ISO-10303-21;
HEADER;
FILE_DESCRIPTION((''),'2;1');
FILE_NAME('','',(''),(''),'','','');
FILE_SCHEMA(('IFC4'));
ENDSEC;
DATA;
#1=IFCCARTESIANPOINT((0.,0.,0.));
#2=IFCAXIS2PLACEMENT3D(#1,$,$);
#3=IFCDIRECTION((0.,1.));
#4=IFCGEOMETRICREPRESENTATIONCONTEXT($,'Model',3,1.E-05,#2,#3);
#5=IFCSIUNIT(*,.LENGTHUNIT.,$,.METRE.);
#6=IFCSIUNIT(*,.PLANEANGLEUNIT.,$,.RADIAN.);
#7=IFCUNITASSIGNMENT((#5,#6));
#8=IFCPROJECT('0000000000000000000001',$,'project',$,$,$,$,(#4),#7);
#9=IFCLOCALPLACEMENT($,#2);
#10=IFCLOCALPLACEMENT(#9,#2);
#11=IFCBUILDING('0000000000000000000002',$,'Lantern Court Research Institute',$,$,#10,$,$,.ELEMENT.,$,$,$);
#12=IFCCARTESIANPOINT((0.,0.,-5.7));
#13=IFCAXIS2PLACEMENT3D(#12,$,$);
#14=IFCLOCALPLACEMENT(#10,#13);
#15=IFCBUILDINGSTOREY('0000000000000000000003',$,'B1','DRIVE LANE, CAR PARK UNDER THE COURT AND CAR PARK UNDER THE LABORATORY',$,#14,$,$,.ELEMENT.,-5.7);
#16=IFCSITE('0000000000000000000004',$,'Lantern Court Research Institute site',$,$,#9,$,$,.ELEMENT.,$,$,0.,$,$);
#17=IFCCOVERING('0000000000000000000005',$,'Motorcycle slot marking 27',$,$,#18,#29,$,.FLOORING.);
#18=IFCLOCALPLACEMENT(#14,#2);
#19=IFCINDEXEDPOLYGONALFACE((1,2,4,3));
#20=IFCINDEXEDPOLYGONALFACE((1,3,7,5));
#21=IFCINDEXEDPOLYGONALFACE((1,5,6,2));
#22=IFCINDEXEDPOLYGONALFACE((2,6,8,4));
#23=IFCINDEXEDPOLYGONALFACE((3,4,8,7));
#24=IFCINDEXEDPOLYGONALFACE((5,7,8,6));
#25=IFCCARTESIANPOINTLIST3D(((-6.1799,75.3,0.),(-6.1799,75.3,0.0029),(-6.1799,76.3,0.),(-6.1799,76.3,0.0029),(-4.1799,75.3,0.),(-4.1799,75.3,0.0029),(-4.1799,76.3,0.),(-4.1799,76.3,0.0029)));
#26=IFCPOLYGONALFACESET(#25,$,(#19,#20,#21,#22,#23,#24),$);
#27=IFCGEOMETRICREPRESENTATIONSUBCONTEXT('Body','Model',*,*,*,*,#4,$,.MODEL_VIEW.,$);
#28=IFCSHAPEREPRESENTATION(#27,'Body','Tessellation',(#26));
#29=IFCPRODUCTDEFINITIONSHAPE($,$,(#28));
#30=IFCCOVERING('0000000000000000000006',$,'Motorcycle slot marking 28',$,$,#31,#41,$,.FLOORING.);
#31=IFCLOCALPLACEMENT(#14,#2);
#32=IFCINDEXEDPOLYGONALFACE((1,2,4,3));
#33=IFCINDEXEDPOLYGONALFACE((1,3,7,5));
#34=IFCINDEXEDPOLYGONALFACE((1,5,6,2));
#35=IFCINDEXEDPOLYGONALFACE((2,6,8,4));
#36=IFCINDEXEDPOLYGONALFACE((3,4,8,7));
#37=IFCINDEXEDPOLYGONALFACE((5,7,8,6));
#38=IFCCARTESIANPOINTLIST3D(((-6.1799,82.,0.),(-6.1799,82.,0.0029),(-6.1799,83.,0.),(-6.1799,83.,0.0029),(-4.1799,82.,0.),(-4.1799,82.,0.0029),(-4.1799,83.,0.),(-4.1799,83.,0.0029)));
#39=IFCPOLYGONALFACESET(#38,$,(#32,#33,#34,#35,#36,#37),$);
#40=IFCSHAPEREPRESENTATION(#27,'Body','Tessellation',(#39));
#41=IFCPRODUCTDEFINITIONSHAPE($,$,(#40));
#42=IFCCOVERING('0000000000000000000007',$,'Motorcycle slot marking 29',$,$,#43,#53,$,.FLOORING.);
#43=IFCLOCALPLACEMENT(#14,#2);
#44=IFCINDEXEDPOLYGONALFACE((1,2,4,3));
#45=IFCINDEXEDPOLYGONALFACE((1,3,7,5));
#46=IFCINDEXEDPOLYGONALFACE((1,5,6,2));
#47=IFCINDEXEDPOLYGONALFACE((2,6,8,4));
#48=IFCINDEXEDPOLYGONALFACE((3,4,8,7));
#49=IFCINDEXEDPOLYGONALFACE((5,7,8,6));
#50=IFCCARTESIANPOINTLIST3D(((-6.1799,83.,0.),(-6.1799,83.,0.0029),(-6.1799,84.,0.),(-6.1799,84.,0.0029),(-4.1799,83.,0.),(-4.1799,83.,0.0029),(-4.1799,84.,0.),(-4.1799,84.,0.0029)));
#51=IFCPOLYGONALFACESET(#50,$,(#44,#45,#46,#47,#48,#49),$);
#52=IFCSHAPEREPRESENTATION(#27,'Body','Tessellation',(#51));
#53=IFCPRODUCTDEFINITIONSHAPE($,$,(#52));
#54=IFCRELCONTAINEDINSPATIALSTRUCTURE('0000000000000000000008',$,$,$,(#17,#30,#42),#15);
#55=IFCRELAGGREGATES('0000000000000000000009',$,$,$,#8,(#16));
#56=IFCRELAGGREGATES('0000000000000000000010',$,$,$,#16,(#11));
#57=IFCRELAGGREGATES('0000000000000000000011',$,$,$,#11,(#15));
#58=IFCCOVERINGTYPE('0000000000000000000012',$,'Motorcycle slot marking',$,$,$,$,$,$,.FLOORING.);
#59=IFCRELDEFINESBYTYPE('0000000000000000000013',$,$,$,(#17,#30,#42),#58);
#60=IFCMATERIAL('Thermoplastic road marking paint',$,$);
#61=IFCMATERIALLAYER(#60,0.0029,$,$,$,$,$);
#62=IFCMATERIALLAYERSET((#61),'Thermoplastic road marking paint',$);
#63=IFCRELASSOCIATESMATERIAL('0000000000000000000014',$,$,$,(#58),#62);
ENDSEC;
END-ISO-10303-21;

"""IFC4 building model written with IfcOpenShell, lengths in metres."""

from ifc_helpers import new_model, si_unit, direction, frame, origin, place, context, subcontext, project, spatial, polyline, outline, extrude, material, layer, layer_set, type_object, element, save


model = new_model("IFC4")

# Units and contexts
model_context = context("Model", 3, precision=1e-05, world=origin(), true_north=direction((0.0, 1.0)))
body_context = subcontext(model_context, "Body", "Model", "MODEL_VIEW")
ifc_project = project(units=[si_unit("LENGTHUNIT", "METRE"), si_unit("PLANEANGLEUNIT", "RADIAN")], contexts=[model_context])

# Site, building, storey
site_placement = place(None, origin())
site = spatial("IfcSite", under=ifc_project, at=site_placement, Name="Lantern Court Research Institute site", CompositionType="ELEMENT", RefElevation=0.0)
building_placement = place(site_placement, origin())
building = spatial("IfcBuilding", under=site, at=building_placement, Name="Lantern Court Research Institute", CompositionType="ELEMENT")
storey_placement = place(building_placement, frame((0.0, 0.0, -5.7)))
storey = spatial("IfcBuildingStorey", under=building, at=storey_placement, Name="B1", Description="DRIVE LANE, CAR PARK UNDER THE COURT AND CAR PARK UNDER THE LABORATORY", CompositionType="ELEMENT", Elevation=-5.7)

# Coverings
ifc_material_1 = material(Name="Thermoplastic road marking paint")
ifc_layer_1 = layer(ifc_material_1, 0.0029)
ifc_layer_set_1 = layer_set([ifc_layer_1], Name="Thermoplastic road marking paint")
covering_type = type_object("IfcCoveringType", Name="Motorcycle slot marking", PredefinedType="FLOORING", material=ifc_layer_set_1)
covering_1_placement = place(storey_placement, origin())
element("IfcCovering", 1, at=covering_1_placement, inside=storey, type_object=covering_type, Name="Motorcycle slot marking 27", PredefinedType="FLOORING", context=body_context, shape_type="SweptSolid", body=[
    extrude(outline(polyline([(-6.1799, 75.3), (-4.1799, 75.3), (-4.1799, 76.3), (-6.1799, 76.3), (-6.1799, 75.3)])), origin(), (0.0, 0.0, 1.0), 0.0029),
])
covering_2_placement = place(storey_placement, origin())
element("IfcCovering", 2, at=covering_2_placement, inside=storey, type_object=covering_type, Name="Motorcycle slot marking 28", PredefinedType="FLOORING", context=body_context, shape_type="SweptSolid", body=[
    extrude(outline(polyline([(-6.1799, 82.0), (-4.1799, 82.0), (-4.1799, 83.0), (-6.1799, 83.0), (-6.1799, 82.0)])), origin(), (0.0, 0.0, 1.0), 0.0029),
])
covering_3_placement = place(storey_placement, origin())
element("IfcCovering", 3, at=covering_3_placement, inside=storey, type_object=covering_type, Name="Motorcycle slot marking 29", PredefinedType="FLOORING", context=body_context, shape_type="SweptSolid", body=[
    extrude(outline(polyline([(-6.1799, 83.0), (-4.1799, 83.0), (-4.1799, 84.0), (-6.1799, 84.0), (-6.1799, 83.0)])), origin(), (0.0, 0.0, 1.0), 0.0029),
])

save(model, "model.ifc")
